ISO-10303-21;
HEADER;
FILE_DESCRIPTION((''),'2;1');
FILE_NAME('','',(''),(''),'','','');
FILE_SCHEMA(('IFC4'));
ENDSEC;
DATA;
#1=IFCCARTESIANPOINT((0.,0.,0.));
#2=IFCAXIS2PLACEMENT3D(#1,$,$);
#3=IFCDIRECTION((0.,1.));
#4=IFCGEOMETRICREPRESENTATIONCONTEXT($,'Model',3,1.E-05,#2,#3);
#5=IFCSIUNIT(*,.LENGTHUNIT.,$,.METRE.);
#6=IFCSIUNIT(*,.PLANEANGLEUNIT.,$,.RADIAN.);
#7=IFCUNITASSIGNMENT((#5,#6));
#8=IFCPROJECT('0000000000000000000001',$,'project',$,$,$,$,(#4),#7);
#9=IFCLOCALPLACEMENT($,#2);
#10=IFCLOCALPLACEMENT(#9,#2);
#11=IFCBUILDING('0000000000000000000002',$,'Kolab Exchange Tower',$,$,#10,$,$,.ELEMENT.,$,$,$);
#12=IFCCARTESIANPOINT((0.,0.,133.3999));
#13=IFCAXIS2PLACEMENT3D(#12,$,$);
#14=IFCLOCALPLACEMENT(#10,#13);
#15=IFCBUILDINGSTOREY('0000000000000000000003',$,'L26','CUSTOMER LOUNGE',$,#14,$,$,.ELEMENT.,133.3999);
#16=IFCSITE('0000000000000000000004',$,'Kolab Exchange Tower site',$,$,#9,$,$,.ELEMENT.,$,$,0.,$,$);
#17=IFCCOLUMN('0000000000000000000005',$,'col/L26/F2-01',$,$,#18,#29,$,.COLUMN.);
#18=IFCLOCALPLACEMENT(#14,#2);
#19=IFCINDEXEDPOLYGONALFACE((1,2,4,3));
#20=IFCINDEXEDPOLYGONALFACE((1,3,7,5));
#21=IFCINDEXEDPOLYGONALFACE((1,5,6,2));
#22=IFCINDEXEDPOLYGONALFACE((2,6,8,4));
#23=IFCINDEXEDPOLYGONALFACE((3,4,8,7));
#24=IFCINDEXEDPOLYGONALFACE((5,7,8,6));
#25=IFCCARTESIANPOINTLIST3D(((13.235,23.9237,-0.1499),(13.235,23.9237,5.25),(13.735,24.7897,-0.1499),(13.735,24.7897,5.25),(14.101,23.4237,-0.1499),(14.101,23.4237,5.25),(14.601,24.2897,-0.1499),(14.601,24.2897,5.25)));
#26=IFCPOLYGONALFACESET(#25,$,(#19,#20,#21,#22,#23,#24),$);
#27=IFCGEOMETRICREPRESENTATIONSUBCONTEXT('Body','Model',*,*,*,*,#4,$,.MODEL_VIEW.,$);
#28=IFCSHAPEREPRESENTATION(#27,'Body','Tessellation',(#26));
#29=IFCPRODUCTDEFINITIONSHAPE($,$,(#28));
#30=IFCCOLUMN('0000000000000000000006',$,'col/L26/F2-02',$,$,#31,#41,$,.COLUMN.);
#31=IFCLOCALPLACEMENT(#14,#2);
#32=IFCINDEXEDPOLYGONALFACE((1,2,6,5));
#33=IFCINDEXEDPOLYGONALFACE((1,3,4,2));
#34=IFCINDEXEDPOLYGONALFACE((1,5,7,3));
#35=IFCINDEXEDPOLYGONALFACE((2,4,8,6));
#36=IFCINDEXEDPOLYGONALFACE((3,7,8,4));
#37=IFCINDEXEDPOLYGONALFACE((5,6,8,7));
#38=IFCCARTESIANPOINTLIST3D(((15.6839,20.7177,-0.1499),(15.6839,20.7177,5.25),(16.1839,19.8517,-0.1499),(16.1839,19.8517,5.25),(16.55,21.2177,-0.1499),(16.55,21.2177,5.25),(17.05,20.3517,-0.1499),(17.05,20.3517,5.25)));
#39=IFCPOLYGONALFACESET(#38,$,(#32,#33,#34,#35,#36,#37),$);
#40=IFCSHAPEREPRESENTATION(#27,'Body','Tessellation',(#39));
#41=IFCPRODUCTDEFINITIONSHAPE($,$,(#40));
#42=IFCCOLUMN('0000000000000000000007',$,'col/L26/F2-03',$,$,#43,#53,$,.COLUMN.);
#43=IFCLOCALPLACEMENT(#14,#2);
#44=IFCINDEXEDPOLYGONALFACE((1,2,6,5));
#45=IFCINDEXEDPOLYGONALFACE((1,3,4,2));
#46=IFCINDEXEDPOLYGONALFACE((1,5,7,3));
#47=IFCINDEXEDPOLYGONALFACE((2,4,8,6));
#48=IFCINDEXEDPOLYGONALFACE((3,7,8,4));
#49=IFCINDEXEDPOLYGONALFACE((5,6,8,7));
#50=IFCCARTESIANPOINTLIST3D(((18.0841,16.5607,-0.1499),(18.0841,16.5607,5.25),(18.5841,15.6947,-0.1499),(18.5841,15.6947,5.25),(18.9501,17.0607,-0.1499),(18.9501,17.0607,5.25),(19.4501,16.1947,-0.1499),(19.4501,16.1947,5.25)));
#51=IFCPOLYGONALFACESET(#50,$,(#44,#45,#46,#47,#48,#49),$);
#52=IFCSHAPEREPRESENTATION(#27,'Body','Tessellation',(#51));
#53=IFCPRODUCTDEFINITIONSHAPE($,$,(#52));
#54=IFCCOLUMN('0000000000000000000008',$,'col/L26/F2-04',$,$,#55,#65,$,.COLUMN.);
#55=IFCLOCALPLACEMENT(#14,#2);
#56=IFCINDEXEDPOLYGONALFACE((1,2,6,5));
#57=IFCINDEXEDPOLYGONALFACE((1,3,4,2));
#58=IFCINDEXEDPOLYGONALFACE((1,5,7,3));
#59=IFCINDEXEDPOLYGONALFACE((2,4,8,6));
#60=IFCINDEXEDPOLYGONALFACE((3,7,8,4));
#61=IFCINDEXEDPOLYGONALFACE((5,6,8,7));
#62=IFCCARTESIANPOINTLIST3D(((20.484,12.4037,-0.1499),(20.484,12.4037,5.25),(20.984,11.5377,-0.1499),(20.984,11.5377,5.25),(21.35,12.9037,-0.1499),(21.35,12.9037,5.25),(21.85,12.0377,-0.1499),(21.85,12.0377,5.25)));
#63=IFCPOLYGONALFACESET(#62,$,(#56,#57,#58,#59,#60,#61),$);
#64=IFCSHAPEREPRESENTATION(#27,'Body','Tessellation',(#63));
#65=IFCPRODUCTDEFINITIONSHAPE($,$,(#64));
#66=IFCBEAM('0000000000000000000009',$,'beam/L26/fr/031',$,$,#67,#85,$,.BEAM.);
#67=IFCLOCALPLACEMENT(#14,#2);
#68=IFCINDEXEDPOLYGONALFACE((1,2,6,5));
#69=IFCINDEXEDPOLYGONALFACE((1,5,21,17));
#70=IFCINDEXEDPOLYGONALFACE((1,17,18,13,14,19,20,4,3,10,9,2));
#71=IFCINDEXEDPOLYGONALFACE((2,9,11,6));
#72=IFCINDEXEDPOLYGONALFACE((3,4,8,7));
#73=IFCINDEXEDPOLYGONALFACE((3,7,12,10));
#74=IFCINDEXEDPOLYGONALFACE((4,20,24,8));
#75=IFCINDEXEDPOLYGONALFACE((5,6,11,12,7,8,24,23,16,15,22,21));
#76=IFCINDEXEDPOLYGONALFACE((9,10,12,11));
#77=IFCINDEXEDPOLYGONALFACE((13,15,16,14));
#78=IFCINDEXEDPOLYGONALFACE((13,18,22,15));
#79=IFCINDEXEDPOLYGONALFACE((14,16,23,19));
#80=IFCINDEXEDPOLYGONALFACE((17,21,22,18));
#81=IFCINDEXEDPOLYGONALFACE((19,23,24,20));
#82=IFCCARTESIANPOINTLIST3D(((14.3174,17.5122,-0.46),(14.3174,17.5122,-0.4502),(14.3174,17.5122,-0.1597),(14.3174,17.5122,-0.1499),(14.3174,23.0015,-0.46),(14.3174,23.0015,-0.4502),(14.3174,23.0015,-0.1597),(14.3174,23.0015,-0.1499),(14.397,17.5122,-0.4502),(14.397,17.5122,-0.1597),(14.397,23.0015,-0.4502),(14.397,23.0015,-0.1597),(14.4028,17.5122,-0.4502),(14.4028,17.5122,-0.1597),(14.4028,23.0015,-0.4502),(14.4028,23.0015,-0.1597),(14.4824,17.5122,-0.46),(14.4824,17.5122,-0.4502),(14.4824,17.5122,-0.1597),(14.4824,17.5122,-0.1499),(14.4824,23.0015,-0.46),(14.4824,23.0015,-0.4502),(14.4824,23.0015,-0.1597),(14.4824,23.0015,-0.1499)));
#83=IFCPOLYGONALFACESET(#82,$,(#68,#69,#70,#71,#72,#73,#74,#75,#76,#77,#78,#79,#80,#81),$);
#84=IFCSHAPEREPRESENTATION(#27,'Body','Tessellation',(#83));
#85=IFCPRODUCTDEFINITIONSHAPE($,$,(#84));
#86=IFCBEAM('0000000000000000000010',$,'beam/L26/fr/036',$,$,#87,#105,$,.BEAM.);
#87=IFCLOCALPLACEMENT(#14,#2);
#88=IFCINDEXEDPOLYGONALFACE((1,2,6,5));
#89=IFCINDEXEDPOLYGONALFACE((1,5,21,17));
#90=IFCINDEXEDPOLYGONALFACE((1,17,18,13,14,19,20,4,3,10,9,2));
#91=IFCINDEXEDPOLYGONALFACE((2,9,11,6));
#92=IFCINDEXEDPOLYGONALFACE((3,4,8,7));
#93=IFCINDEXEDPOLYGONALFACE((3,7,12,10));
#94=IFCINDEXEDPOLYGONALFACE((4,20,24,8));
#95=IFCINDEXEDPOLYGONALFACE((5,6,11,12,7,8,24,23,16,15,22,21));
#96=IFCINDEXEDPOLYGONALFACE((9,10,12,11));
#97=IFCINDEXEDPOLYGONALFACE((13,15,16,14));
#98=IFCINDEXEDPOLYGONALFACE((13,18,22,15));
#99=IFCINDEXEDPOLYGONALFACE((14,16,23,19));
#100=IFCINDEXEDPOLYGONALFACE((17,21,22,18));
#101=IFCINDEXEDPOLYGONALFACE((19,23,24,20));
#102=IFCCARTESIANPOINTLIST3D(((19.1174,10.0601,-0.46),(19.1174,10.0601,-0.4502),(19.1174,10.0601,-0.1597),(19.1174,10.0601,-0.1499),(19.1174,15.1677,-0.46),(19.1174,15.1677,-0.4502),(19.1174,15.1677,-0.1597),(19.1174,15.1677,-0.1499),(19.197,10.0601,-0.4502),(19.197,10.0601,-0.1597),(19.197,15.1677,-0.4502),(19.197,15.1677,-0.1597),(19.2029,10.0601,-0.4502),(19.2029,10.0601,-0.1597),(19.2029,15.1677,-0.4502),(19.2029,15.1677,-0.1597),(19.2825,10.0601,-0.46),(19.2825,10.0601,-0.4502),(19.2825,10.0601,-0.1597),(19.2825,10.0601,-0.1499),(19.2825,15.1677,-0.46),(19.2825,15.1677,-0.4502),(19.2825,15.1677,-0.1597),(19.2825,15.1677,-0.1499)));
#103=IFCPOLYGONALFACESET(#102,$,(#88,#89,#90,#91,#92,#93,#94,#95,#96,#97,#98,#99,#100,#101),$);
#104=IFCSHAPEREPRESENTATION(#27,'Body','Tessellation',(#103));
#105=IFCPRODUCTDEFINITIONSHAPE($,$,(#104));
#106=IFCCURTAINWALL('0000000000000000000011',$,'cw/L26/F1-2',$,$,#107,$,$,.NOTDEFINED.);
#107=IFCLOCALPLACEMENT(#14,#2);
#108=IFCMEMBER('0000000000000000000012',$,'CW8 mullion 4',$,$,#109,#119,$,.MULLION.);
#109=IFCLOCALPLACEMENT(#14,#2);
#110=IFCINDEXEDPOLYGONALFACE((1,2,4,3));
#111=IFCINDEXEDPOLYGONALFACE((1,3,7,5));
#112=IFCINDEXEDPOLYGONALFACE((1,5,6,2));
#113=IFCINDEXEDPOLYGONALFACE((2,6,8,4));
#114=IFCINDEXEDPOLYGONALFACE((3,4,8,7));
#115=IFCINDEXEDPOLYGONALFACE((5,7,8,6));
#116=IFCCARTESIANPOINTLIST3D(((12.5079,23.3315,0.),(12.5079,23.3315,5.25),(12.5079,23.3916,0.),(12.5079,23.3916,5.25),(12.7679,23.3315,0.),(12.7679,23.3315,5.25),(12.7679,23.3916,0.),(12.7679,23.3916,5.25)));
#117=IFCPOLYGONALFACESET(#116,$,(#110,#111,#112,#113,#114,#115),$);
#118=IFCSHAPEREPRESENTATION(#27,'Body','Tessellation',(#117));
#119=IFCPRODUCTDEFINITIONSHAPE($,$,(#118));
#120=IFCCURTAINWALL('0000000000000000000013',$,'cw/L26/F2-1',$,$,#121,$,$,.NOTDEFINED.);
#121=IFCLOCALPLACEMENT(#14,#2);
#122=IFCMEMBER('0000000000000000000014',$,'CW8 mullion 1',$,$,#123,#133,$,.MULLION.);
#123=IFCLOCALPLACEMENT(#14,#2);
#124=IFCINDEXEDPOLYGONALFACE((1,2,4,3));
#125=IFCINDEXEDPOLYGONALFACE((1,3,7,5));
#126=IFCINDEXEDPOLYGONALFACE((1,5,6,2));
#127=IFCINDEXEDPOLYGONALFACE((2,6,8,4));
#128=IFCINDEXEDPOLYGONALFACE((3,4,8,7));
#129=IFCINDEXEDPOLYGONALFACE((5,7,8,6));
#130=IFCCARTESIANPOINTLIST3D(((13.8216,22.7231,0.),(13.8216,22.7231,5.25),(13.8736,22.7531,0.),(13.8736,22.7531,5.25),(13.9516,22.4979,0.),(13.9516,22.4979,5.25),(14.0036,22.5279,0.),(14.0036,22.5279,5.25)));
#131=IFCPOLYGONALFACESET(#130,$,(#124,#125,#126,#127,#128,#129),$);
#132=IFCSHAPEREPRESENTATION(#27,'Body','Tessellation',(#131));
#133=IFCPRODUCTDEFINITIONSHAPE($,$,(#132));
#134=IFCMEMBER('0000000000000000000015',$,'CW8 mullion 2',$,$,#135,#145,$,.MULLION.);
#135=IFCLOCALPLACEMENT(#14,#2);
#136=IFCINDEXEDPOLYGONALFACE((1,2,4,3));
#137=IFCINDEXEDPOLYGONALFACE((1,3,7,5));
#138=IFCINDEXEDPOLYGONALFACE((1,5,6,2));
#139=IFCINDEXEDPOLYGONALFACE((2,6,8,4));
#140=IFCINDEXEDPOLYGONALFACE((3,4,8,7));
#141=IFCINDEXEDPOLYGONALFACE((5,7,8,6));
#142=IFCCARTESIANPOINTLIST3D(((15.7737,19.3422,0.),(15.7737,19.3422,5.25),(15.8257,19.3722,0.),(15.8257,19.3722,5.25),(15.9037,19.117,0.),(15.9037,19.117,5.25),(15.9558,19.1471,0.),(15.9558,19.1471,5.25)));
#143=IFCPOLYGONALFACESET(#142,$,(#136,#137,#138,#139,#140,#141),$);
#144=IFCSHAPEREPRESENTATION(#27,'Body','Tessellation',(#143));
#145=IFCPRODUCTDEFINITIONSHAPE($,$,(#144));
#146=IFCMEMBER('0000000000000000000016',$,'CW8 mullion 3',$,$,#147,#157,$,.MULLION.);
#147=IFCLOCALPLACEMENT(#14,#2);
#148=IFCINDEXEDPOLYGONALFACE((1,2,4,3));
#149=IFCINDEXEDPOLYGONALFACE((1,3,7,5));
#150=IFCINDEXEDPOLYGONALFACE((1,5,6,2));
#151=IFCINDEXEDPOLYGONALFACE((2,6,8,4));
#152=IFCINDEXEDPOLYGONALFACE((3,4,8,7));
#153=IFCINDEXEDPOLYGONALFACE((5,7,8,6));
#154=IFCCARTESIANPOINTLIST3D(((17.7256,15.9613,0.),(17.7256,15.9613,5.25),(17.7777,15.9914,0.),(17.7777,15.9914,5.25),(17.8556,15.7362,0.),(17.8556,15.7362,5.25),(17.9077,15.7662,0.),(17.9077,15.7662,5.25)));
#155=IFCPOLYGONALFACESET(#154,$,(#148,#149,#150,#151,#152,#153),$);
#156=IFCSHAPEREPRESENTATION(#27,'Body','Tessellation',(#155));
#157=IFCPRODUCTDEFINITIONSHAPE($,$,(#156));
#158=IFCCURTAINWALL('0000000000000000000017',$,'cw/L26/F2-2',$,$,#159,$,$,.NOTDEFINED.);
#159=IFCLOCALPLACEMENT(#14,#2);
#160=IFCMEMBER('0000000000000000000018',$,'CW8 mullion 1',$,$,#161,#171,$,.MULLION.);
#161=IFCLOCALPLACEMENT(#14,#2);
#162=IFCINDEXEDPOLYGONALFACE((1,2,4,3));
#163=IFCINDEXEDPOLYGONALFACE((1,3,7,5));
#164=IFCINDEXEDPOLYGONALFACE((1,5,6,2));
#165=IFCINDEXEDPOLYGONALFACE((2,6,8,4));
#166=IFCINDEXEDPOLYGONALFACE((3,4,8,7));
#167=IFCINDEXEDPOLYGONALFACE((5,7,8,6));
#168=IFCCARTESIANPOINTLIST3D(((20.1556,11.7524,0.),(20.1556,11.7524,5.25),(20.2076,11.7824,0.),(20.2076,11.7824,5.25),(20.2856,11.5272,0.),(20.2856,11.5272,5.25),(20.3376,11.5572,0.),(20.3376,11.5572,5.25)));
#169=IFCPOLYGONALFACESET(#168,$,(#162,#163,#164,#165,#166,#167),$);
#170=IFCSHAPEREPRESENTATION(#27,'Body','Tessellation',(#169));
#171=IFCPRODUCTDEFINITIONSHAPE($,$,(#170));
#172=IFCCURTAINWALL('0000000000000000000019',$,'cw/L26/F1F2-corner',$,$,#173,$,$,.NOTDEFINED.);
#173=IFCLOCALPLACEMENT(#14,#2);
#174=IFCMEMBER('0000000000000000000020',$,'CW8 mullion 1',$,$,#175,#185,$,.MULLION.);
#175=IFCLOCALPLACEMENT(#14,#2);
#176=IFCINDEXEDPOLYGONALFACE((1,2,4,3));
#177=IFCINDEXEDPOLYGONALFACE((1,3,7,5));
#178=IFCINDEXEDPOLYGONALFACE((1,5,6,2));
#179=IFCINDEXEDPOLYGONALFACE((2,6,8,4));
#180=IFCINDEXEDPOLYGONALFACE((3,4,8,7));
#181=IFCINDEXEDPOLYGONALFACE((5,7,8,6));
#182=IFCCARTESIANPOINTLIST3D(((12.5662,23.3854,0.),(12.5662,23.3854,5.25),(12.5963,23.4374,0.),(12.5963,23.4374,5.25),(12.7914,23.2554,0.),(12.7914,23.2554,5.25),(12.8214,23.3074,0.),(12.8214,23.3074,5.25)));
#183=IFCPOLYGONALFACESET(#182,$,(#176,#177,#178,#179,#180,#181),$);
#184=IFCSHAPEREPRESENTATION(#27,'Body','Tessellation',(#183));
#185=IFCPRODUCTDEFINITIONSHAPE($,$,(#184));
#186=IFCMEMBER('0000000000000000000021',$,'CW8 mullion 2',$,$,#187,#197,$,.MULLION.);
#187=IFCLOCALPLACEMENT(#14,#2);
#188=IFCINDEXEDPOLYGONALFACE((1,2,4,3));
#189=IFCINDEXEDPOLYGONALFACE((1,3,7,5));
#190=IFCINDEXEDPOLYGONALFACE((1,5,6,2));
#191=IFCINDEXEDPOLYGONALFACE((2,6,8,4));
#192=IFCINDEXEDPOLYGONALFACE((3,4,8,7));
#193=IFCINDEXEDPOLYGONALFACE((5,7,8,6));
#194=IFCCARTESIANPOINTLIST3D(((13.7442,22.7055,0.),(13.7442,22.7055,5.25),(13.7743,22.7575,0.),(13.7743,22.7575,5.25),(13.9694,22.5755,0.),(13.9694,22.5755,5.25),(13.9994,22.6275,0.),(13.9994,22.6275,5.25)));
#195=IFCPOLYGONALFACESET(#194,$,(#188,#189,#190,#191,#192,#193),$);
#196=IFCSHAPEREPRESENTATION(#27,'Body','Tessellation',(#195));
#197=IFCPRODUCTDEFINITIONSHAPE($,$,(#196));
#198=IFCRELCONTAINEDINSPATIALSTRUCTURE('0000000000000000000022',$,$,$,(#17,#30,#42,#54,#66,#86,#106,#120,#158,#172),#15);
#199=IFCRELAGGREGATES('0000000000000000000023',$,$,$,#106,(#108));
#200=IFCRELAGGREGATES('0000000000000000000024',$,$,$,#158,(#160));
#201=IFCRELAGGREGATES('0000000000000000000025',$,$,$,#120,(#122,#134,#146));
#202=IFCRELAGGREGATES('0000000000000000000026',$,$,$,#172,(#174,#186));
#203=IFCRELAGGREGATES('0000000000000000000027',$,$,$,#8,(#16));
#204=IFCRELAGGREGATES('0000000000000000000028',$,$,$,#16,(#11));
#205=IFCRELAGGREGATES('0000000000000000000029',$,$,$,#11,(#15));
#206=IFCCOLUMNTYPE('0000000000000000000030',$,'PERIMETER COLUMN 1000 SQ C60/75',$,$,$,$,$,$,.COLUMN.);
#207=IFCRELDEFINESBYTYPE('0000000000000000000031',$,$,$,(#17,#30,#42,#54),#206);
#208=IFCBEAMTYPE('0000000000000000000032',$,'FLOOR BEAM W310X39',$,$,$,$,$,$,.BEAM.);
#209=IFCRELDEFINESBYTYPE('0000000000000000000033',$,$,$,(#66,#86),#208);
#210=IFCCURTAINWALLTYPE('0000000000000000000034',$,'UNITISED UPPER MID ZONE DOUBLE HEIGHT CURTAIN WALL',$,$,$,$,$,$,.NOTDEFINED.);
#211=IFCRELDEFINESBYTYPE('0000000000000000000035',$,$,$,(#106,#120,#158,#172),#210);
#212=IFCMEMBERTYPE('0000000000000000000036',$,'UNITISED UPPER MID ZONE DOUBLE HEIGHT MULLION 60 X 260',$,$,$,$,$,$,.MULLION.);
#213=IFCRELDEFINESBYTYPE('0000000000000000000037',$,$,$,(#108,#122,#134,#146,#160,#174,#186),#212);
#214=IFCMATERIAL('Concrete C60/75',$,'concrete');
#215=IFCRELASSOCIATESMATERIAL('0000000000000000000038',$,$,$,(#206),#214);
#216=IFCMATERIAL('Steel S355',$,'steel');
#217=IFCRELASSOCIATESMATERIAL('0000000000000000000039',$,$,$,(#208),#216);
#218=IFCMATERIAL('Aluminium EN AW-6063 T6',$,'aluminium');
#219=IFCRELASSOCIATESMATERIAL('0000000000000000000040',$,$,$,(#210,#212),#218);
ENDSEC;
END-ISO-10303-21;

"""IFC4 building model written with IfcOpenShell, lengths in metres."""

from ifc_helpers import new_model, si_unit, direction, frame, origin, origin_2d, place, context, subcontext, project, spatial, rectangle, i_section, extrude, material, material_profile, profile_set, type_object, element, aggregate, save


model = new_model("IFC4")

# Units and contexts
model_context = context("Model", 3, precision=1e-05, world=origin(), true_north=direction((0.0, 1.0)))
body_context = subcontext(model_context, "Body", "Model", "MODEL_VIEW")
ifc_project = project(units=[si_unit("LENGTHUNIT", "METRE"), si_unit("PLANEANGLEUNIT", "RADIAN")], contexts=[model_context])

# Site, building, storey
site_placement = place(None, origin())
site = spatial("IfcSite", under=ifc_project, at=site_placement, Name="Kolab Exchange Tower site", CompositionType="ELEMENT", RefElevation=0.0)
building_placement = place(site_placement, origin())
building = spatial("IfcBuilding", under=site, at=building_placement, Name="Kolab Exchange Tower", CompositionType="ELEMENT")
storey_placement = place(building_placement, frame((0.0, 0.0, 133.3999)))
storey = spatial("IfcBuildingStorey", under=building, at=storey_placement, Name="L26", Description="CUSTOMER LOUNGE", CompositionType="ELEMENT", Elevation=133.3999)

# Columns
ifc_material_1 = material(Name="Concrete C60/75", Category="concrete")
ifc_material_profile_1 = material_profile(ifc_material_1, rectangle(XDim=1.0, YDim=1.0, at=origin_2d()), Name="RC1000")
ifc_profile_set_1 = profile_set([ifc_material_profile_1], Name="Concrete C60/75")
column_type = type_object("IfcColumnType", Name="PERIMETER COLUMN 1000 SQ C60/75", PredefinedType="COLUMN", material=ifc_profile_set_1)
for number, where, z_axis, x_axis, name in (
    (1, (13.918, 24.1067, -0.1499), (0.0, 0.0, 1.0), (0.5, 0.866025, 0.0), "col/L26/F2-01"),
    (2, (16.3669, 20.5347, -0.1499), (0.0, 0.0, 1.0), (0.866025, 0.5, 0.0), "col/L26/F2-02"),
    (3, (18.7671, 16.3777, -0.1499), (0.0, 0.0, 1.0), (0.866025, 0.5, 0.0), "col/L26/F2-03"),
    (4, (21.167, 12.2207, -0.1499), (0.0, 0.0, 1.0), (0.866025, 0.5, 0.0), "col/L26/F2-04"),
):
    element("IfcColumn", number, at=place(storey_placement, frame(where, z_axis=z_axis, x_axis=x_axis)), inside=storey, type_object=column_type, Name=name, PredefinedType="COLUMN", context=body_context, shape_type="SweptSolid", body=[
        extrude(rectangle(XDim=1.0, YDim=1.0, at=origin_2d()), origin(), (0.0, 0.0, 1.0), 5.3999),
    ])

# Beams
ifc_material_2 = material(Name="Steel S355", Category="steel")
ifc_material_profile_2 = material_profile(ifc_material_2, i_section(OverallWidth=0.165, OverallDepth=0.3101, WebThickness=0.0059, FlangeThickness=0.0098, at=origin_2d()), Name="W310X39")
ifc_profile_set_2 = profile_set([ifc_material_profile_2], Name="Steel S355")
beam_type = type_object("IfcBeamType", Name="FLOOR BEAM W310X39", PredefinedType="BEAM", material=ifc_profile_set_2)
beam_1_placement = place(storey_placement, frame((14.3999, 17.5122, -0.3049), z_axis=(0.0, 1.0, 0.0), x_axis=(-1.0, 0.0, 0.0)))
element("IfcBeam", 5, at=beam_1_placement, inside=storey, type_object=beam_type, Name="beam/L26/fr/031", PredefinedType="BEAM", context=body_context, shape_type="SweptSolid", body=[
    extrude(i_section(OverallWidth=0.165, OverallDepth=0.3101, WebThickness=0.0059, FlangeThickness=0.0098, at=origin_2d()), origin(), (0.0, 0.0, 1.0), 5.4893),
])
beam_2_placement = place(storey_placement, frame((19.2, 10.0601, -0.3049), z_axis=(0.0, 1.0, 0.0), x_axis=(-1.0, 0.0, 0.0)))
element("IfcBeam", 6, at=beam_2_placement, inside=storey, type_object=beam_type, Name="beam/L26/fr/036", PredefinedType="BEAM", context=body_context, shape_type="SweptSolid", body=[
    extrude(i_section(OverallWidth=0.165, OverallDepth=0.3101, WebThickness=0.0059, FlangeThickness=0.0098, at=origin_2d()), origin(), (0.0, 0.0, 1.0), 5.1077),
])

# Curtain wall, member
ifc_material_3 = material(Name="Aluminium EN AW-6063 T6", Category="aluminium")
curtain_wall_type = type_object("IfcCurtainWallType", Name="UNITISED UPPER MID ZONE DOUBLE HEIGHT CURTAIN WALL", PredefinedType="NOTDEFINED", material=ifc_material_3)
curtain_wall_1_placement = place(storey_placement, origin())
curtain_wall_1 = element("IfcCurtainWall", 7, at=curtain_wall_1_placement, inside=storey, type_object=curtain_wall_type, Name="cw/L26/F1-2", PredefinedType="NOTDEFINED")
ifc_material_profile_3 = material_profile(ifc_material_3, rectangle(XDim=0.0601, YDim=0.26, at=origin_2d()), Name="RECT 60X260")
ifc_profile_set_3 = profile_set([ifc_material_profile_3], Name="Aluminium EN AW-6063 T6")
member_type_1 = type_object("IfcMemberType", Name="UNITISED UPPER MID ZONE DOUBLE HEIGHT MULLION 60 X 260", PredefinedType="MULLION", material=ifc_profile_set_3)
member_1_placement = place(storey_placement, frame((12.6379, 23.3616, 0.0), z_axis=(0.0, 0.0, 1.0), x_axis=(0.0, 1.0, 0.0)))
member_1 = element("IfcMember", 8, at=member_1_placement, type_object=member_type_1, Name="CW8 mullion 4", PredefinedType="MULLION", context=body_context, shape_type="SweptSolid", body=[
    extrude(rectangle(XDim=0.0601, YDim=0.26, at=origin_2d()), origin(), (0.0, 0.0, 1.0), 5.25),
])
aggregate(curtain_wall_1, [member_1])

# Curtain wall, members
curtain_wall_2_placement = place(storey_placement, origin())
curtain_wall_2 = element("IfcCurtainWall", 9, at=curtain_wall_2_placement, inside=storey, type_object=curtain_wall_type, Name="cw/L26/F2-1", PredefinedType="NOTDEFINED")
member_2_placement = place(storey_placement, frame((13.9126, 22.6255, 0.0), z_axis=(0.0, 0.0, 1.0), x_axis=(0.866025, 0.5, 0.0)))
member_2 = element("IfcMember", 10, at=member_2_placement, type_object=member_type_1, Name="CW8 mullion 1", PredefinedType="MULLION", context=body_context, shape_type="SweptSolid", body=[
    extrude(rectangle(XDim=0.0601, YDim=0.26, at=origin_2d()), origin(), (0.0, 0.0, 1.0), 5.25),
])
member_3_placement = place(storey_placement, frame((15.8647, 19.2446, 0.0), z_axis=(0.0, 0.0, 1.0), x_axis=(0.866025, 0.5, 0.0)))
member_3 = element("IfcMember", 11, at=member_3_placement, type_object=member_type_1, Name="CW8 mullion 2", PredefinedType="MULLION", context=body_context, shape_type="SweptSolid", body=[
    extrude(rectangle(XDim=0.0601, YDim=0.26, at=origin_2d()), origin(), (0.0, 0.0, 1.0), 5.25),
])
member_4_placement = place(storey_placement, frame((17.8167, 15.8638, 0.0), z_axis=(0.0, 0.0, 1.0), x_axis=(0.866025, 0.5, 0.0)))
member_4 = element("IfcMember", 12, at=member_4_placement, type_object=member_type_1, Name="CW8 mullion 3", PredefinedType="MULLION", context=body_context, shape_type="SweptSolid", body=[
    extrude(rectangle(XDim=0.0601, YDim=0.26, at=origin_2d()), origin(), (0.0, 0.0, 1.0), 5.25),
])

# Curtain wall, member
curtain_wall_3_placement = place(storey_placement, origin())
curtain_wall_3 = element("IfcCurtainWall", 13, at=curtain_wall_3_placement, inside=storey, type_object=curtain_wall_type, Name="cw/L26/F2-2", PredefinedType="NOTDEFINED")
member_5_placement = place(storey_placement, frame((20.2466, 11.6548, 0.0), z_axis=(0.0, 0.0, 1.0), x_axis=(0.866025, 0.5, 0.0)))
member_5 = element("IfcMember", 14, at=member_5_placement, type_object=member_type_1, Name="CW8 mullion 1", PredefinedType="MULLION", context=body_context, shape_type="SweptSolid", body=[
    extrude(rectangle(XDim=0.0601, YDim=0.26, at=origin_2d()), origin(), (0.0, 0.0, 1.0), 5.25),
])

# Curtain wall, members
curtain_wall_4_placement = place(storey_placement, origin())
curtain_wall_4 = element("IfcCurtainWall", 15, at=curtain_wall_4_placement, inside=storey, type_object=curtain_wall_type, Name="cw/L26/F1F2-corner", PredefinedType="NOTDEFINED")
member_6_placement = place(storey_placement, frame((12.6938, 23.3464, 0.0), z_axis=(0.0, 0.0, 1.0), x_axis=(0.5, 0.866025, 0.0)))
member_6 = element("IfcMember", 16, at=member_6_placement, type_object=member_type_1, Name="CW8 mullion 1", PredefinedType="MULLION", context=body_context, shape_type="SweptSolid", body=[
    extrude(rectangle(XDim=0.0601, YDim=0.26, at=origin_2d()), origin(), (0.0, 0.0, 1.0), 5.25),
])
member_7_placement = place(storey_placement, frame((13.8718, 22.6665, 0.0), z_axis=(0.0, 0.0, 1.0), x_axis=(0.5, 0.866025, 0.0)))
member_7 = element("IfcMember", 17, at=member_7_placement, type_object=member_type_1, Name="CW8 mullion 2", PredefinedType="MULLION", context=body_context, shape_type="SweptSolid", body=[
    extrude(rectangle(XDim=0.0601, YDim=0.26, at=origin_2d()), origin(), (0.0, 0.0, 1.0), 5.25),
])

aggregate(curtain_wall_3, [member_5])

aggregate(curtain_wall_2, [member_2, member_3, member_4])
aggregate(curtain_wall_4, [member_6, member_7])

save(model, "model.ifc")
